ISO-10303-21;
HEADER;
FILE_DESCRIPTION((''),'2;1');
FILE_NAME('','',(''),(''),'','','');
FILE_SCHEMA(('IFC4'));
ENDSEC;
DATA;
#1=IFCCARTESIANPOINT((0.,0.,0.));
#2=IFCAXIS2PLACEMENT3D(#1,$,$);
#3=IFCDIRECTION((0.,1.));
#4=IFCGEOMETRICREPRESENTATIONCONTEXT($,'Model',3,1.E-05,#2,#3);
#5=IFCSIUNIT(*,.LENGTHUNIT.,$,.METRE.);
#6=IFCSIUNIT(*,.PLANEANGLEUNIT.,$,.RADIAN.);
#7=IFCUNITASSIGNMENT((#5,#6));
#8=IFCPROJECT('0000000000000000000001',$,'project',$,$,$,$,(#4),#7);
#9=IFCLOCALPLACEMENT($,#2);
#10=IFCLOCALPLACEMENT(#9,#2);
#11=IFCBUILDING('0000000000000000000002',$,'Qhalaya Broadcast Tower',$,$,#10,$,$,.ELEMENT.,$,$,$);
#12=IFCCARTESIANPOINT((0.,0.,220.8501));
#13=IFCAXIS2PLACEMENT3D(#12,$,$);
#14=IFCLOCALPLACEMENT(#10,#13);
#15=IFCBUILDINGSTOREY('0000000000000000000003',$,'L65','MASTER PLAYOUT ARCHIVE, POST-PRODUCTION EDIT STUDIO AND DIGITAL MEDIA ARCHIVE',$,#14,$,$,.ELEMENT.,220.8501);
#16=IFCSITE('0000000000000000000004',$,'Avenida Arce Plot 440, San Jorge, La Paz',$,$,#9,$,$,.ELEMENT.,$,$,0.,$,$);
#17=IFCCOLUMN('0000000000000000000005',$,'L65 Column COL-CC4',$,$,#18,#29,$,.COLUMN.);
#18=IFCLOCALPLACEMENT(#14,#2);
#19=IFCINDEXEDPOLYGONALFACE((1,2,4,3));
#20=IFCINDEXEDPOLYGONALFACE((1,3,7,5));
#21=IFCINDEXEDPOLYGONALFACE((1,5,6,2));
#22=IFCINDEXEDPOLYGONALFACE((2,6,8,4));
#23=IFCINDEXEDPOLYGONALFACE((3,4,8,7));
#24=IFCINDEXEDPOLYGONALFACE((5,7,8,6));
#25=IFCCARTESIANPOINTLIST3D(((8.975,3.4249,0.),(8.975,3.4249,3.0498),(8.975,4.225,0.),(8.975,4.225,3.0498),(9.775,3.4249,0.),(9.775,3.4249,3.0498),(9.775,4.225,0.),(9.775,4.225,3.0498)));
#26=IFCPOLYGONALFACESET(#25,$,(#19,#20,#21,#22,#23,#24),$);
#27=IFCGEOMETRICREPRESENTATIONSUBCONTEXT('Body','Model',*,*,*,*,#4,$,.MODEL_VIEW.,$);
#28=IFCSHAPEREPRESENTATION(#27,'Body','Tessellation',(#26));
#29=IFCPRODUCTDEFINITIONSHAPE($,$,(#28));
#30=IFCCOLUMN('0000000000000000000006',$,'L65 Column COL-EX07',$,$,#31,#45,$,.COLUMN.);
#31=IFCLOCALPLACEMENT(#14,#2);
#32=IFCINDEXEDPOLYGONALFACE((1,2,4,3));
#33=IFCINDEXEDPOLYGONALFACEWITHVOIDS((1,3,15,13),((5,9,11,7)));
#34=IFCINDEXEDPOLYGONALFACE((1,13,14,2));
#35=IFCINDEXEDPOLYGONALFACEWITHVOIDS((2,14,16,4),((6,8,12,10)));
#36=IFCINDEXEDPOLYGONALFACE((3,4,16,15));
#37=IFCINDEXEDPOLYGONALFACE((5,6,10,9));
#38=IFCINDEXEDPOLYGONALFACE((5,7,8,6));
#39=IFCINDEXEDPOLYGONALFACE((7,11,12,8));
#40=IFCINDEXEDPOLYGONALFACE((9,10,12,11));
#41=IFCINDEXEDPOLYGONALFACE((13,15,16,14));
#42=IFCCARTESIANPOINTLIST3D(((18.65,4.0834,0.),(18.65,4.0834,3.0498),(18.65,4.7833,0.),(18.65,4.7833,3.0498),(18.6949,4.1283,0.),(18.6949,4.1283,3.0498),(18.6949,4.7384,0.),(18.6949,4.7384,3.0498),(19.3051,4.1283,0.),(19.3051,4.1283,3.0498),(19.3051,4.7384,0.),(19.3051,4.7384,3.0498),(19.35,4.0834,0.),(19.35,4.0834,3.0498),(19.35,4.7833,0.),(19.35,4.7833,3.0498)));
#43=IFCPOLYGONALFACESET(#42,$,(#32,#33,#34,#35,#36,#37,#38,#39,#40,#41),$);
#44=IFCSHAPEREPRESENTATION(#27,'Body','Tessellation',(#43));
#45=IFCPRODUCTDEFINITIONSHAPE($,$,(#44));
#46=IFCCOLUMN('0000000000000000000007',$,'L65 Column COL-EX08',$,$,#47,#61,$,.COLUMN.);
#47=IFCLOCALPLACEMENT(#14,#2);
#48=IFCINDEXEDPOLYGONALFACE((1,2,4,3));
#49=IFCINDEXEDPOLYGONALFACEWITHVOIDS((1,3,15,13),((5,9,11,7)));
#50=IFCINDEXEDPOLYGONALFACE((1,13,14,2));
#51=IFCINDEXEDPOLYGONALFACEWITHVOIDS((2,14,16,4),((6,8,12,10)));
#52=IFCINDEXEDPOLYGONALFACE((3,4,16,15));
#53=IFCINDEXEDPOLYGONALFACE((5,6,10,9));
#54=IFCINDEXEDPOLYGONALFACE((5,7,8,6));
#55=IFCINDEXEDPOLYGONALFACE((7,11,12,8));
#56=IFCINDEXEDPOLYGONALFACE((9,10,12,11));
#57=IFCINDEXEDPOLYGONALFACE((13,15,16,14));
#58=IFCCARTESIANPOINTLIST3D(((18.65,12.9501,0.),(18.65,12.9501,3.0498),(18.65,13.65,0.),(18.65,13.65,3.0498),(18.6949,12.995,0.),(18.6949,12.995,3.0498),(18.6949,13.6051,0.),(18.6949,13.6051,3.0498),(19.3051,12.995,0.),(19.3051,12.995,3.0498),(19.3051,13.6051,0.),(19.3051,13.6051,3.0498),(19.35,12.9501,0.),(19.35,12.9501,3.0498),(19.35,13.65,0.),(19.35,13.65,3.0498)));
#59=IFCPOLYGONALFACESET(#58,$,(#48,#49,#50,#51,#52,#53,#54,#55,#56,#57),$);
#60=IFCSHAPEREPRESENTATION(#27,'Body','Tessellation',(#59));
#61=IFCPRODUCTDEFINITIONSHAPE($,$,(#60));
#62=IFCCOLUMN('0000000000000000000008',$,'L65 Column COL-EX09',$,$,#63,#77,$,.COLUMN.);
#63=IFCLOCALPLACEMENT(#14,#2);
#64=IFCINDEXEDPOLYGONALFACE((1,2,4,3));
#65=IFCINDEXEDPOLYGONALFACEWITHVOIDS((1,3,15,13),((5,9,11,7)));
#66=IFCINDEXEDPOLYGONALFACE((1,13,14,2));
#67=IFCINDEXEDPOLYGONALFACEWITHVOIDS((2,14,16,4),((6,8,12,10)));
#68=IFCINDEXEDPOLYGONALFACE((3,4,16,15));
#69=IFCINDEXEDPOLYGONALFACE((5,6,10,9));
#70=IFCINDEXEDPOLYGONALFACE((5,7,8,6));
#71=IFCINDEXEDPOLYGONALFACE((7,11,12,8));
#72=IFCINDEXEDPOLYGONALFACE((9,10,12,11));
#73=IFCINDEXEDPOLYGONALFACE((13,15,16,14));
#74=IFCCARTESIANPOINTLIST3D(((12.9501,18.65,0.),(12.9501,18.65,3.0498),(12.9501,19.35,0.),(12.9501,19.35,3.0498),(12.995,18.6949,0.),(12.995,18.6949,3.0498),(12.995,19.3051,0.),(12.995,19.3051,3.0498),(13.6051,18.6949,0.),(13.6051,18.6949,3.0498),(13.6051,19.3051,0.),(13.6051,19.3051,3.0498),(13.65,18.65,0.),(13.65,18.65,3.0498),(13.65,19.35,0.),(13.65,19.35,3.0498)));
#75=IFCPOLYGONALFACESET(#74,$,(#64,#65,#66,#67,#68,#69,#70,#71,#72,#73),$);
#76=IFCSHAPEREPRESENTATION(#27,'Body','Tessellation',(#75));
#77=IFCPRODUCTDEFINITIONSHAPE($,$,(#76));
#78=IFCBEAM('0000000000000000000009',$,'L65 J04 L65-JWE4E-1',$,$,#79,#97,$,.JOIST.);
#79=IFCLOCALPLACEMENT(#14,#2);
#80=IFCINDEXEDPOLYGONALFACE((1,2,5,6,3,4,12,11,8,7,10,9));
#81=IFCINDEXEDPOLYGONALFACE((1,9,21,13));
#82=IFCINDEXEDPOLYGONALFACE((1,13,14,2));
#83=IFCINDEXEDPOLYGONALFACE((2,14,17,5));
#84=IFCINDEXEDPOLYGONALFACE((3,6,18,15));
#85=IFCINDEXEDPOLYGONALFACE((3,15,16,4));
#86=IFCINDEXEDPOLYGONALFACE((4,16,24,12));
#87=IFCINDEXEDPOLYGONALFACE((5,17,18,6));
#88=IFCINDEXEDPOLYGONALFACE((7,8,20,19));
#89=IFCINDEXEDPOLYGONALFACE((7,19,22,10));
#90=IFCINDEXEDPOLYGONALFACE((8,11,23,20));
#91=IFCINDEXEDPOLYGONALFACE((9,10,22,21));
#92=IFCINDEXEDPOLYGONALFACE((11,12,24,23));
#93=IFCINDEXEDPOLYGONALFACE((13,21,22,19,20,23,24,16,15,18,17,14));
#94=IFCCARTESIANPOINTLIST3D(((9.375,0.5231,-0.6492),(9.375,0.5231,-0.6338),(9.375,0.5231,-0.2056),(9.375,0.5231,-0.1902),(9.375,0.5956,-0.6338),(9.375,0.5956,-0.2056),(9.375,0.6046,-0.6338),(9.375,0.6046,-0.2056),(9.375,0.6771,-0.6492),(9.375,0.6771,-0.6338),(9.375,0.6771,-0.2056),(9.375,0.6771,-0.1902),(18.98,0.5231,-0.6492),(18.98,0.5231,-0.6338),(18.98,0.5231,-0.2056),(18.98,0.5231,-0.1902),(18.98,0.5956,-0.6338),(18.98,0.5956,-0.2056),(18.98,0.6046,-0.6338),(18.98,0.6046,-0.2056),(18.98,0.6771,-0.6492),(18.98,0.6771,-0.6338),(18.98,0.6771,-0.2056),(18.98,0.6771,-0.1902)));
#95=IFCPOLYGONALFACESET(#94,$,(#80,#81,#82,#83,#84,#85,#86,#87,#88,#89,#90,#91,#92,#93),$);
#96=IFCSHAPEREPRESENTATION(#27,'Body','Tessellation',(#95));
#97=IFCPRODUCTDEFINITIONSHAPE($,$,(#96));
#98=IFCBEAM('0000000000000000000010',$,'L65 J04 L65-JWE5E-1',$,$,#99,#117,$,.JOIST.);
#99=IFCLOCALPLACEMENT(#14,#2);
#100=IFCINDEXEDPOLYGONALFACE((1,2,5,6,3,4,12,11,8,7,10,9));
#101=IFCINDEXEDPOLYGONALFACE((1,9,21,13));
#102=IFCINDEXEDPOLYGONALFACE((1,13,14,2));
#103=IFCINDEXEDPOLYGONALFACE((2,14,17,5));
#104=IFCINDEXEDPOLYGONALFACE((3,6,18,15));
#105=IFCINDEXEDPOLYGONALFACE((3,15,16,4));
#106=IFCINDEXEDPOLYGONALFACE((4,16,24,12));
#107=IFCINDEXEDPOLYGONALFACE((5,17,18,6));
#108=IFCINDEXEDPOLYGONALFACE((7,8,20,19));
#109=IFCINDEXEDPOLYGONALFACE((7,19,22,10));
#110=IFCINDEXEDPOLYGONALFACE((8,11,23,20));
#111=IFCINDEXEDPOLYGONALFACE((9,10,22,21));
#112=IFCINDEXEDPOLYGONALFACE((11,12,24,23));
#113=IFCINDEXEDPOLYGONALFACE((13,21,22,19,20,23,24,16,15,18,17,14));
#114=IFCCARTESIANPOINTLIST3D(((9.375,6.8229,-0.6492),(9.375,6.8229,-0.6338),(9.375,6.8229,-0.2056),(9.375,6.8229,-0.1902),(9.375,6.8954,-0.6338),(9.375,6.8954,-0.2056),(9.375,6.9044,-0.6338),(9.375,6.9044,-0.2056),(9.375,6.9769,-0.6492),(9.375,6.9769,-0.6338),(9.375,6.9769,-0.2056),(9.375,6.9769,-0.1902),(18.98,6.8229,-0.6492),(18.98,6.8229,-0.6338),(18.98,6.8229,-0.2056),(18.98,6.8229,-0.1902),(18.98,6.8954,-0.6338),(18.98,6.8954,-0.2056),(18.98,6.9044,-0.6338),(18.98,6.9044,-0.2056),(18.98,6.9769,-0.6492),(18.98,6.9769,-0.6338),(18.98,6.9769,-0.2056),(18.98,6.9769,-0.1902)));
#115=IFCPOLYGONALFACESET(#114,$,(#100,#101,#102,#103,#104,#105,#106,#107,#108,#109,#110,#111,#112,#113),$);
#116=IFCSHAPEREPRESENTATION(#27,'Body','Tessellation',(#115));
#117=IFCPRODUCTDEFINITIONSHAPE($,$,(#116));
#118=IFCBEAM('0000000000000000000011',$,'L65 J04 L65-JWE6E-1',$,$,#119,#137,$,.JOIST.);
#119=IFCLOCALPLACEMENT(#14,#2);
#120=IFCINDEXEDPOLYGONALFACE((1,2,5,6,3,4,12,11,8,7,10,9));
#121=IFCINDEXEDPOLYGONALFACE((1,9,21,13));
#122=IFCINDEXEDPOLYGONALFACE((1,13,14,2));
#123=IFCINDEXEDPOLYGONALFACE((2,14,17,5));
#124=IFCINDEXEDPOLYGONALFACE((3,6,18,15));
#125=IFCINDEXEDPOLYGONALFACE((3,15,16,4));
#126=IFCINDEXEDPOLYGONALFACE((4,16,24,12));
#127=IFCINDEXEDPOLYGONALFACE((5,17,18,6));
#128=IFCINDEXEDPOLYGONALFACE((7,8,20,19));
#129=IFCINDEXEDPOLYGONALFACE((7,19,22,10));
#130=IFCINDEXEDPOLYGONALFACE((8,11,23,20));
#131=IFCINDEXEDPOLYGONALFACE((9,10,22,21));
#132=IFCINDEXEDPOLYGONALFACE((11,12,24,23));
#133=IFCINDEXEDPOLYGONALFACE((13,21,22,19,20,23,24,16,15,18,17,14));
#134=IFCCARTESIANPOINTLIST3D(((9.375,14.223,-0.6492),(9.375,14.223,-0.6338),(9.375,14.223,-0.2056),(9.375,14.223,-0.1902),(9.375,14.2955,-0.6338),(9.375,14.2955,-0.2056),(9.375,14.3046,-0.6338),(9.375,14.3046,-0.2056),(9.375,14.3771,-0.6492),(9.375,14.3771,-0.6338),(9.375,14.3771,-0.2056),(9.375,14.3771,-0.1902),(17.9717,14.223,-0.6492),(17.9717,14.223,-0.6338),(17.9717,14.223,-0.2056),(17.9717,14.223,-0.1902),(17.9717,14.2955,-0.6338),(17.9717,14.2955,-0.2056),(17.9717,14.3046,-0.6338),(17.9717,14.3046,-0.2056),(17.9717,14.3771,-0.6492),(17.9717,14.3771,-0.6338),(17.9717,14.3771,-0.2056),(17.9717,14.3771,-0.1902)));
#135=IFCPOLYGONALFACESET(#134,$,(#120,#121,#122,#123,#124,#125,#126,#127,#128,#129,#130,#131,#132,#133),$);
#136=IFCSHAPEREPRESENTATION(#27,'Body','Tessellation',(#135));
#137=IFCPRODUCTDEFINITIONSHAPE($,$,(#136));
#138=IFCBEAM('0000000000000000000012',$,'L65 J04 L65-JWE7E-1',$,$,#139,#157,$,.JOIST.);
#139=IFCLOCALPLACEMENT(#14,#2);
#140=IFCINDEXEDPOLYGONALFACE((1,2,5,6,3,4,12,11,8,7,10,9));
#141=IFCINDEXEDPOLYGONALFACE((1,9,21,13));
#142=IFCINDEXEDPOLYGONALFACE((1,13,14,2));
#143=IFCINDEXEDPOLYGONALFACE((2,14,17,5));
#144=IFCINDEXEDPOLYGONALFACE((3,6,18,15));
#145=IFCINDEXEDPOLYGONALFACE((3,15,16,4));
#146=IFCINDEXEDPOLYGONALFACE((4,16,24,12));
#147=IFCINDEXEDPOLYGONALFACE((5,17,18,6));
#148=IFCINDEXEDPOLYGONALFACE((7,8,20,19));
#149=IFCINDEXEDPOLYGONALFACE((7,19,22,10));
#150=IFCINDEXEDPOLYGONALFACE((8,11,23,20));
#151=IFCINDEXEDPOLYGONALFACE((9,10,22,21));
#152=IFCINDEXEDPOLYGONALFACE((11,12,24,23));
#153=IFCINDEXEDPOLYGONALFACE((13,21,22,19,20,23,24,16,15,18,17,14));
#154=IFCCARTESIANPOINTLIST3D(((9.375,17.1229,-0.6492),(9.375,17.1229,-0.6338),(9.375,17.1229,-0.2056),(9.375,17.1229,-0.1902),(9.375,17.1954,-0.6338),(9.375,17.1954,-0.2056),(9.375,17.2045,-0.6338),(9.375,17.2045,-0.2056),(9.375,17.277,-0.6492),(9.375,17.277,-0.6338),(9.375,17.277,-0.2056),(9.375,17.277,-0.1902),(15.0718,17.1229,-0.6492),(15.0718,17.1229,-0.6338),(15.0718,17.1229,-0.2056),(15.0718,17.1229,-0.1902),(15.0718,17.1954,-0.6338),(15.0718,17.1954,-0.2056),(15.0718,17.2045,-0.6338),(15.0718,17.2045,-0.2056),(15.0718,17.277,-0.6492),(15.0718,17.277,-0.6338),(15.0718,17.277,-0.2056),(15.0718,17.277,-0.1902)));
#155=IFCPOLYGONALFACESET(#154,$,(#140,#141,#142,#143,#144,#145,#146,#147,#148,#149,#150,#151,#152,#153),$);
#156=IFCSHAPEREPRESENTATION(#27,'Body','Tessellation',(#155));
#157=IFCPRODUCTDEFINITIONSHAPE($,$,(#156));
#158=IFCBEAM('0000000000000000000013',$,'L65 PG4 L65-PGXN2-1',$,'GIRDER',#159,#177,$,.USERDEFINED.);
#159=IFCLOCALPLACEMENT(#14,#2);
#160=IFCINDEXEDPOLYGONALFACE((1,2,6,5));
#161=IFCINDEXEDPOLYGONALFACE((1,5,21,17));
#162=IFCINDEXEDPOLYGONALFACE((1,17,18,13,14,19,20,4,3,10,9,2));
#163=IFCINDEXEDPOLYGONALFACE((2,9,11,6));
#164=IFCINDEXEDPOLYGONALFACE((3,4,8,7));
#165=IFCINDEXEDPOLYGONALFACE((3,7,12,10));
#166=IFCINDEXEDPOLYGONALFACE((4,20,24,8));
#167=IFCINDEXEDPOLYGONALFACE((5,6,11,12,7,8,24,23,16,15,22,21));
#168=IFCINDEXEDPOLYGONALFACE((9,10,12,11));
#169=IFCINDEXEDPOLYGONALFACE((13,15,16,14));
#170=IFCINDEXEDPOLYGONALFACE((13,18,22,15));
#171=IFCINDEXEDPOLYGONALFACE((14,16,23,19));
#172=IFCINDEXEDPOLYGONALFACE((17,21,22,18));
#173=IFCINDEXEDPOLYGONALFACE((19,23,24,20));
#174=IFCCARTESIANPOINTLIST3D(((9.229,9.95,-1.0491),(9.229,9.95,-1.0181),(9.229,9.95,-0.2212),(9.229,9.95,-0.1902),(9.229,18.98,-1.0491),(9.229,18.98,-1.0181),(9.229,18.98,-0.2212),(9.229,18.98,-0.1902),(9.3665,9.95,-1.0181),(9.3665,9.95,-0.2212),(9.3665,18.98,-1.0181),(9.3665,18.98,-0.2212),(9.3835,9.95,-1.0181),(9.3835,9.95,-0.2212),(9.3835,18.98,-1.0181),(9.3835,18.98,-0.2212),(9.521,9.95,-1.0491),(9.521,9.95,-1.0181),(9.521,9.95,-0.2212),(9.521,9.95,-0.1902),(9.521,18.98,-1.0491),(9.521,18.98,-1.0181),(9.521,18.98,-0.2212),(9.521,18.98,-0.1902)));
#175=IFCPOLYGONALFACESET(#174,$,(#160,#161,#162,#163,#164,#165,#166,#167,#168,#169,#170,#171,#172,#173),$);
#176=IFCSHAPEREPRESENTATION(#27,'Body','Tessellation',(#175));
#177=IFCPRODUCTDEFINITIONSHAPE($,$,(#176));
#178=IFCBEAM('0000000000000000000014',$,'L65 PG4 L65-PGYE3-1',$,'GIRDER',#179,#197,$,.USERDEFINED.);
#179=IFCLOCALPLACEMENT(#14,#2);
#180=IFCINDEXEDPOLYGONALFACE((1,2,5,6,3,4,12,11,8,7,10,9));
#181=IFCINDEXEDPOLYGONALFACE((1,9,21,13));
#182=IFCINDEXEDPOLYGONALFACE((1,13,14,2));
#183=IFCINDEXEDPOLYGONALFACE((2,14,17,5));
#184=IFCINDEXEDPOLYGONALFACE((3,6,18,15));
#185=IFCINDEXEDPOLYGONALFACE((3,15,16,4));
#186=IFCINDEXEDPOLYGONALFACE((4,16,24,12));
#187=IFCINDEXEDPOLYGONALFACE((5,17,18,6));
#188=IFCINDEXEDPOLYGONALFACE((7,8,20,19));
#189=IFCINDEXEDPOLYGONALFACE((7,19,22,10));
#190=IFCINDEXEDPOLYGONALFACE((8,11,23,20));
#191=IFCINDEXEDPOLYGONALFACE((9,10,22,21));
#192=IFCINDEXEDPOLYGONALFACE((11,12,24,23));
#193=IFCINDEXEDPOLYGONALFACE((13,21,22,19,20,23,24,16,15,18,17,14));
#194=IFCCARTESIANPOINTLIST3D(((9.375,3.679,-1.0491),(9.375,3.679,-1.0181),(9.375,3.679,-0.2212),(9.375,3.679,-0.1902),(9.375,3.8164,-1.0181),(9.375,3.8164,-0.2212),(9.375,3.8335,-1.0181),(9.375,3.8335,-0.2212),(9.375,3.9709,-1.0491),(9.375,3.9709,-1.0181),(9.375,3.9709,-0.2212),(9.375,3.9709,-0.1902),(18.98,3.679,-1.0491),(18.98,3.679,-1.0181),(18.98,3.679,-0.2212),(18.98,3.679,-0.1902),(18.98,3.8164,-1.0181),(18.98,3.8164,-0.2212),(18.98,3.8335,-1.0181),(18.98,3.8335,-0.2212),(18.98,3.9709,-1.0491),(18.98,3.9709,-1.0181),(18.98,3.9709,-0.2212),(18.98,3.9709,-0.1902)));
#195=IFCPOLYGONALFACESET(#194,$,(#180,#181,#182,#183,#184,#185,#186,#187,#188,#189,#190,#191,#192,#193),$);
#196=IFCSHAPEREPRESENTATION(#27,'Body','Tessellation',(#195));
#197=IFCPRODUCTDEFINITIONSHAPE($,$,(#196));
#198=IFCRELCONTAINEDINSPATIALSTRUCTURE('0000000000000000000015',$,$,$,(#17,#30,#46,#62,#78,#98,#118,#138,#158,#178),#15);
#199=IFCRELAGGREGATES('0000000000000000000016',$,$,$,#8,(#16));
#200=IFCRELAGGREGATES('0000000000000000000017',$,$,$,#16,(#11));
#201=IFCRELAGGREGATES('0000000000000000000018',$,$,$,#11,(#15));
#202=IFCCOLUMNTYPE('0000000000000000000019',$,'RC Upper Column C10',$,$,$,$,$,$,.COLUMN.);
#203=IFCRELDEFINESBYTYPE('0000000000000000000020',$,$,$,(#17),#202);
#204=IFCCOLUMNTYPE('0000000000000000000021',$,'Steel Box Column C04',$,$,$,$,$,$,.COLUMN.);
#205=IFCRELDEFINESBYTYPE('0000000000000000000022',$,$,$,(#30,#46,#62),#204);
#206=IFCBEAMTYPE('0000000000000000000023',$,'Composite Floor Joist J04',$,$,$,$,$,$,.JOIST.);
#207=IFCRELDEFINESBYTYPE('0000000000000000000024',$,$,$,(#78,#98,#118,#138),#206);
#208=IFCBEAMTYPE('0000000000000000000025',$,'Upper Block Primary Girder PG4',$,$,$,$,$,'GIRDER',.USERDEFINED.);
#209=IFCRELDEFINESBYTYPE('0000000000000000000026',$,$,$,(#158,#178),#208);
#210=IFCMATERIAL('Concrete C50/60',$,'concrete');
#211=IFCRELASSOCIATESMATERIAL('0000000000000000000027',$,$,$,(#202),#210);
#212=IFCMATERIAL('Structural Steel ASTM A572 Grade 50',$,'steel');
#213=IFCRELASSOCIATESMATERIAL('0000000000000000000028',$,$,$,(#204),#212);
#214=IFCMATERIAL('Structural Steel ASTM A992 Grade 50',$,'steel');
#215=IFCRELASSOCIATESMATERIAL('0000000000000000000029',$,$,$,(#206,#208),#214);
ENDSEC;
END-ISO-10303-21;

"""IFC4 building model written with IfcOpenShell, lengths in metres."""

from ifc_helpers import new_model, si_unit, direction, frame, origin, origin_2d, place, context, subcontext, project, spatial, rectangle, hollow_rectangle, i_section, extrude, material, material_profile, profile_set, type_object, element, save


model = new_model("IFC4")

# Units and contexts
model_context = context("Model", 3, precision=1e-05, world=origin(), true_north=direction((0.0, 1.0)))
body_context = subcontext(model_context, "Body", "Model", "MODEL_VIEW")
ifc_project = project(units=[si_unit("LENGTHUNIT", "METRE"), si_unit("PLANEANGLEUNIT", "RADIAN")], contexts=[model_context])

# Site, building, storey
site_placement = place(None, origin())
site = spatial("IfcSite", under=ifc_project, at=site_placement, Name="Avenida Arce Plot 440, San Jorge, La Paz", CompositionType="ELEMENT", RefElevation=0.0)
building_placement = place(site_placement, origin())
building = spatial("IfcBuilding", under=site, at=building_placement, Name="Qhalaya Broadcast Tower", CompositionType="ELEMENT")
storey_placement = place(building_placement, frame((0.0, 0.0, 220.8501)))
storey = spatial("IfcBuildingStorey", under=building, at=storey_placement, Name="L65", Description="MASTER PLAYOUT ARCHIVE, POST-PRODUCTION EDIT STUDIO AND DIGITAL MEDIA ARCHIVE", CompositionType="ELEMENT", Elevation=220.8501)

# Columns
ifc_material_1 = material(Name="Concrete C50/60", Category="concrete")
ifc_material_profile_1 = material_profile(ifc_material_1, rectangle(XDim=0.8, YDim=0.8, at=origin_2d()), Name="RC-COL 800x800")
ifc_profile_set_1 = profile_set([ifc_material_profile_1], Name="Concrete C50/60")
column_type_1 = type_object("IfcColumnType", Name="RC Upper Column C10", PredefinedType="COLUMN", material=ifc_profile_set_1)
column_placement = place(storey_placement, frame((9.375, 3.825, 0.0), z_axis=(0.0, 0.0, 1.0), x_axis=(1.0, 0.0, 0.0)))
element("IfcColumn", 1, at=column_placement, inside=storey, type_object=column_type_1, Name="L65 Column COL-CC4", PredefinedType="COLUMN", context=body_context, shape_type="SweptSolid", body=[
    extrude(rectangle(XDim=0.8, YDim=0.8, at=origin_2d()), origin(), (0.0, 0.0, 1.0), 3.0498),
])
ifc_material_2 = material(Name="Structural Steel ASTM A572 Grade 50", Category="steel")
ifc_material_profile_2 = material_profile(ifc_material_2, hollow_rectangle(XDim=0.7, YDim=0.7, WallThickness=0.0449, at=origin_2d()), Name="BOX 700x700x45")
ifc_profile_set_2 = profile_set([ifc_material_profile_2], Name="Structural Steel ASTM A572 Grade 50")
column_type_2 = type_object("IfcColumnType", Name="Steel Box Column C04", PredefinedType="COLUMN", material=ifc_profile_set_2)
for number, where, z_axis, x_axis, name in (
    (2, (19.0, 4.4333, 0.0), (0.0, 0.0, 1.0), (0.0, 1.0, 0.0), "L65 Column COL-EX07"),
    (3, (19.0, 13.3, 0.0), (0.0, 0.0, 1.0), (0.0, 1.0, 0.0), "L65 Column COL-EX08"),
    (4, (13.3, 19.0, 0.0), (0.0, 0.0, 1.0), (1.0, 0.0, 0.0), "L65 Column COL-EX09"),
):
    element("IfcColumn", number, at=place(storey_placement, frame(where, z_axis=z_axis, x_axis=x_axis)), inside=storey, type_object=column_type_2, Name=name, PredefinedType="COLUMN", context=body_context, shape_type="SweptSolid", body=[
        extrude(hollow_rectangle(XDim=0.7, YDim=0.7, WallThickness=0.0449, at=origin_2d()), origin(), (0.0, 0.0, 1.0), 3.0498),
    ])

# Beams
ifc_material_3 = material(Name="Structural Steel ASTM A992 Grade 50", Category="steel")
ifc_material_profile_3 = material_profile(ifc_material_3, i_section(OverallWidth=0.1541, OverallDepth=0.459, WebThickness=0.009, FlangeThickness=0.0154, at=origin_2d()), Name="W18X46")
ifc_profile_set_3 = profile_set([ifc_material_profile_3], Name="Structural Steel ASTM A992 Grade 50")
beam_type_1 = type_object("IfcBeamType", Name="Composite Floor Joist J04", PredefinedType="JOIST", material=ifc_profile_set_3)
for number, where, z_axis, x_axis, name in (
    (5, (9.375, 0.6001, -0.4197), (1.0, 0.0, 0.0), (0.0, 1.0, 0.0), "L65 J04 L65-JWE4E-1"),
    (6, (9.375, 6.8999, -0.4197), (1.0, 0.0, 0.0), (0.0, 1.0, 0.0), "L65 J04 L65-JWE5E-1"),
):
    element("IfcBeam", number, at=place(storey_placement, frame(where, z_axis=z_axis, x_axis=x_axis)), inside=storey, type_object=beam_type_1, Name=name, PredefinedType="JOIST", context=body_context, shape_type="SweptSolid", body=[
        extrude(i_section(OverallWidth=0.1541, OverallDepth=0.459, WebThickness=0.009, FlangeThickness=0.0154, at=origin_2d()), origin(), (0.0, 0.0, 1.0), 9.605),
    ])
beam_1_placement = place(storey_placement, frame((9.375, 14.3, -0.4197), z_axis=(1.0, 0.0, 0.0), x_axis=(0.0, 1.0, 0.0)))
element("IfcBeam", 7, at=beam_1_placement, inside=storey, type_object=beam_type_1, Name="L65 J04 L65-JWE6E-1", PredefinedType="JOIST", context=body_context, shape_type="SweptSolid", body=[
    extrude(i_section(OverallWidth=0.1541, OverallDepth=0.459, WebThickness=0.009, FlangeThickness=0.0154, at=origin_2d()), origin(), (0.0, 0.0, 1.0), 8.5967),
])
beam_2_placement = place(storey_placement, frame((9.375, 17.2, -0.4197), z_axis=(1.0, 0.0, 0.0), x_axis=(0.0, 1.0, 0.0)))
element("IfcBeam", 8, at=beam_2_placement, inside=storey, type_object=beam_type_1, Name="L65 J04 L65-JWE7E-1", PredefinedType="JOIST", context=body_context, shape_type="SweptSolid", body=[
    extrude(i_section(OverallWidth=0.1541, OverallDepth=0.459, WebThickness=0.009, FlangeThickness=0.0154, at=origin_2d()), origin(), (0.0, 0.0, 1.0), 5.6968),
])
ifc_material_profile_4 = material_profile(ifc_material_3, i_section(OverallWidth=0.292, OverallDepth=0.8589, WebThickness=0.0171, FlangeThickness=0.031, at=origin_2d()), Name="W33X169")
ifc_profile_set_4 = profile_set([ifc_material_profile_4], Name="Structural Steel ASTM A992 Grade 50")
beam_type_2 = type_object("IfcBeamType", Name="Upper Block Primary Girder PG4", ElementType="GIRDER", PredefinedType="USERDEFINED", material=ifc_profile_set_4)
beam_3_placement = place(storey_placement, frame((9.375, 9.95, -0.6196), z_axis=(0.0, 1.0, 0.0), x_axis=(-1.0, 0.0, 0.0)))
element("IfcBeam", 9, at=beam_3_placement, inside=storey, type_object=beam_type_2, Name="L65 PG4 L65-PGXN2-1", ObjectType="GIRDER", PredefinedType="USERDEFINED", context=body_context, shape_type="SweptSolid", body=[
    extrude(i_section(OverallWidth=0.292, OverallDepth=0.8589, WebThickness=0.0171, FlangeThickness=0.031, at=origin_2d()), origin(), (0.0, 0.0, 1.0), 9.03),
])
for number, where, z_axis, x_axis, name in (
    (10, (9.375, 3.825, -0.6196), (1.0, 0.0, 0.0), (0.0, 1.0, 0.0), "L65 PG4 L65-PGYE3-1"),
):
    element("IfcBeam", number, at=place(storey_placement, frame(where, z_axis=z_axis, x_axis=x_axis)), inside=storey, type_object=beam_type_2, Name=name, ObjectType="GIRDER", PredefinedType="USERDEFINED", context=body_context, shape_type="SweptSolid", body=[
        extrude(i_section(OverallWidth=0.292, OverallDepth=0.8589, WebThickness=0.0171, FlangeThickness=0.031, at=origin_2d()), origin(), (0.0, 0.0, 1.0), 9.605),
    ])

save(model, "model.ifc")
